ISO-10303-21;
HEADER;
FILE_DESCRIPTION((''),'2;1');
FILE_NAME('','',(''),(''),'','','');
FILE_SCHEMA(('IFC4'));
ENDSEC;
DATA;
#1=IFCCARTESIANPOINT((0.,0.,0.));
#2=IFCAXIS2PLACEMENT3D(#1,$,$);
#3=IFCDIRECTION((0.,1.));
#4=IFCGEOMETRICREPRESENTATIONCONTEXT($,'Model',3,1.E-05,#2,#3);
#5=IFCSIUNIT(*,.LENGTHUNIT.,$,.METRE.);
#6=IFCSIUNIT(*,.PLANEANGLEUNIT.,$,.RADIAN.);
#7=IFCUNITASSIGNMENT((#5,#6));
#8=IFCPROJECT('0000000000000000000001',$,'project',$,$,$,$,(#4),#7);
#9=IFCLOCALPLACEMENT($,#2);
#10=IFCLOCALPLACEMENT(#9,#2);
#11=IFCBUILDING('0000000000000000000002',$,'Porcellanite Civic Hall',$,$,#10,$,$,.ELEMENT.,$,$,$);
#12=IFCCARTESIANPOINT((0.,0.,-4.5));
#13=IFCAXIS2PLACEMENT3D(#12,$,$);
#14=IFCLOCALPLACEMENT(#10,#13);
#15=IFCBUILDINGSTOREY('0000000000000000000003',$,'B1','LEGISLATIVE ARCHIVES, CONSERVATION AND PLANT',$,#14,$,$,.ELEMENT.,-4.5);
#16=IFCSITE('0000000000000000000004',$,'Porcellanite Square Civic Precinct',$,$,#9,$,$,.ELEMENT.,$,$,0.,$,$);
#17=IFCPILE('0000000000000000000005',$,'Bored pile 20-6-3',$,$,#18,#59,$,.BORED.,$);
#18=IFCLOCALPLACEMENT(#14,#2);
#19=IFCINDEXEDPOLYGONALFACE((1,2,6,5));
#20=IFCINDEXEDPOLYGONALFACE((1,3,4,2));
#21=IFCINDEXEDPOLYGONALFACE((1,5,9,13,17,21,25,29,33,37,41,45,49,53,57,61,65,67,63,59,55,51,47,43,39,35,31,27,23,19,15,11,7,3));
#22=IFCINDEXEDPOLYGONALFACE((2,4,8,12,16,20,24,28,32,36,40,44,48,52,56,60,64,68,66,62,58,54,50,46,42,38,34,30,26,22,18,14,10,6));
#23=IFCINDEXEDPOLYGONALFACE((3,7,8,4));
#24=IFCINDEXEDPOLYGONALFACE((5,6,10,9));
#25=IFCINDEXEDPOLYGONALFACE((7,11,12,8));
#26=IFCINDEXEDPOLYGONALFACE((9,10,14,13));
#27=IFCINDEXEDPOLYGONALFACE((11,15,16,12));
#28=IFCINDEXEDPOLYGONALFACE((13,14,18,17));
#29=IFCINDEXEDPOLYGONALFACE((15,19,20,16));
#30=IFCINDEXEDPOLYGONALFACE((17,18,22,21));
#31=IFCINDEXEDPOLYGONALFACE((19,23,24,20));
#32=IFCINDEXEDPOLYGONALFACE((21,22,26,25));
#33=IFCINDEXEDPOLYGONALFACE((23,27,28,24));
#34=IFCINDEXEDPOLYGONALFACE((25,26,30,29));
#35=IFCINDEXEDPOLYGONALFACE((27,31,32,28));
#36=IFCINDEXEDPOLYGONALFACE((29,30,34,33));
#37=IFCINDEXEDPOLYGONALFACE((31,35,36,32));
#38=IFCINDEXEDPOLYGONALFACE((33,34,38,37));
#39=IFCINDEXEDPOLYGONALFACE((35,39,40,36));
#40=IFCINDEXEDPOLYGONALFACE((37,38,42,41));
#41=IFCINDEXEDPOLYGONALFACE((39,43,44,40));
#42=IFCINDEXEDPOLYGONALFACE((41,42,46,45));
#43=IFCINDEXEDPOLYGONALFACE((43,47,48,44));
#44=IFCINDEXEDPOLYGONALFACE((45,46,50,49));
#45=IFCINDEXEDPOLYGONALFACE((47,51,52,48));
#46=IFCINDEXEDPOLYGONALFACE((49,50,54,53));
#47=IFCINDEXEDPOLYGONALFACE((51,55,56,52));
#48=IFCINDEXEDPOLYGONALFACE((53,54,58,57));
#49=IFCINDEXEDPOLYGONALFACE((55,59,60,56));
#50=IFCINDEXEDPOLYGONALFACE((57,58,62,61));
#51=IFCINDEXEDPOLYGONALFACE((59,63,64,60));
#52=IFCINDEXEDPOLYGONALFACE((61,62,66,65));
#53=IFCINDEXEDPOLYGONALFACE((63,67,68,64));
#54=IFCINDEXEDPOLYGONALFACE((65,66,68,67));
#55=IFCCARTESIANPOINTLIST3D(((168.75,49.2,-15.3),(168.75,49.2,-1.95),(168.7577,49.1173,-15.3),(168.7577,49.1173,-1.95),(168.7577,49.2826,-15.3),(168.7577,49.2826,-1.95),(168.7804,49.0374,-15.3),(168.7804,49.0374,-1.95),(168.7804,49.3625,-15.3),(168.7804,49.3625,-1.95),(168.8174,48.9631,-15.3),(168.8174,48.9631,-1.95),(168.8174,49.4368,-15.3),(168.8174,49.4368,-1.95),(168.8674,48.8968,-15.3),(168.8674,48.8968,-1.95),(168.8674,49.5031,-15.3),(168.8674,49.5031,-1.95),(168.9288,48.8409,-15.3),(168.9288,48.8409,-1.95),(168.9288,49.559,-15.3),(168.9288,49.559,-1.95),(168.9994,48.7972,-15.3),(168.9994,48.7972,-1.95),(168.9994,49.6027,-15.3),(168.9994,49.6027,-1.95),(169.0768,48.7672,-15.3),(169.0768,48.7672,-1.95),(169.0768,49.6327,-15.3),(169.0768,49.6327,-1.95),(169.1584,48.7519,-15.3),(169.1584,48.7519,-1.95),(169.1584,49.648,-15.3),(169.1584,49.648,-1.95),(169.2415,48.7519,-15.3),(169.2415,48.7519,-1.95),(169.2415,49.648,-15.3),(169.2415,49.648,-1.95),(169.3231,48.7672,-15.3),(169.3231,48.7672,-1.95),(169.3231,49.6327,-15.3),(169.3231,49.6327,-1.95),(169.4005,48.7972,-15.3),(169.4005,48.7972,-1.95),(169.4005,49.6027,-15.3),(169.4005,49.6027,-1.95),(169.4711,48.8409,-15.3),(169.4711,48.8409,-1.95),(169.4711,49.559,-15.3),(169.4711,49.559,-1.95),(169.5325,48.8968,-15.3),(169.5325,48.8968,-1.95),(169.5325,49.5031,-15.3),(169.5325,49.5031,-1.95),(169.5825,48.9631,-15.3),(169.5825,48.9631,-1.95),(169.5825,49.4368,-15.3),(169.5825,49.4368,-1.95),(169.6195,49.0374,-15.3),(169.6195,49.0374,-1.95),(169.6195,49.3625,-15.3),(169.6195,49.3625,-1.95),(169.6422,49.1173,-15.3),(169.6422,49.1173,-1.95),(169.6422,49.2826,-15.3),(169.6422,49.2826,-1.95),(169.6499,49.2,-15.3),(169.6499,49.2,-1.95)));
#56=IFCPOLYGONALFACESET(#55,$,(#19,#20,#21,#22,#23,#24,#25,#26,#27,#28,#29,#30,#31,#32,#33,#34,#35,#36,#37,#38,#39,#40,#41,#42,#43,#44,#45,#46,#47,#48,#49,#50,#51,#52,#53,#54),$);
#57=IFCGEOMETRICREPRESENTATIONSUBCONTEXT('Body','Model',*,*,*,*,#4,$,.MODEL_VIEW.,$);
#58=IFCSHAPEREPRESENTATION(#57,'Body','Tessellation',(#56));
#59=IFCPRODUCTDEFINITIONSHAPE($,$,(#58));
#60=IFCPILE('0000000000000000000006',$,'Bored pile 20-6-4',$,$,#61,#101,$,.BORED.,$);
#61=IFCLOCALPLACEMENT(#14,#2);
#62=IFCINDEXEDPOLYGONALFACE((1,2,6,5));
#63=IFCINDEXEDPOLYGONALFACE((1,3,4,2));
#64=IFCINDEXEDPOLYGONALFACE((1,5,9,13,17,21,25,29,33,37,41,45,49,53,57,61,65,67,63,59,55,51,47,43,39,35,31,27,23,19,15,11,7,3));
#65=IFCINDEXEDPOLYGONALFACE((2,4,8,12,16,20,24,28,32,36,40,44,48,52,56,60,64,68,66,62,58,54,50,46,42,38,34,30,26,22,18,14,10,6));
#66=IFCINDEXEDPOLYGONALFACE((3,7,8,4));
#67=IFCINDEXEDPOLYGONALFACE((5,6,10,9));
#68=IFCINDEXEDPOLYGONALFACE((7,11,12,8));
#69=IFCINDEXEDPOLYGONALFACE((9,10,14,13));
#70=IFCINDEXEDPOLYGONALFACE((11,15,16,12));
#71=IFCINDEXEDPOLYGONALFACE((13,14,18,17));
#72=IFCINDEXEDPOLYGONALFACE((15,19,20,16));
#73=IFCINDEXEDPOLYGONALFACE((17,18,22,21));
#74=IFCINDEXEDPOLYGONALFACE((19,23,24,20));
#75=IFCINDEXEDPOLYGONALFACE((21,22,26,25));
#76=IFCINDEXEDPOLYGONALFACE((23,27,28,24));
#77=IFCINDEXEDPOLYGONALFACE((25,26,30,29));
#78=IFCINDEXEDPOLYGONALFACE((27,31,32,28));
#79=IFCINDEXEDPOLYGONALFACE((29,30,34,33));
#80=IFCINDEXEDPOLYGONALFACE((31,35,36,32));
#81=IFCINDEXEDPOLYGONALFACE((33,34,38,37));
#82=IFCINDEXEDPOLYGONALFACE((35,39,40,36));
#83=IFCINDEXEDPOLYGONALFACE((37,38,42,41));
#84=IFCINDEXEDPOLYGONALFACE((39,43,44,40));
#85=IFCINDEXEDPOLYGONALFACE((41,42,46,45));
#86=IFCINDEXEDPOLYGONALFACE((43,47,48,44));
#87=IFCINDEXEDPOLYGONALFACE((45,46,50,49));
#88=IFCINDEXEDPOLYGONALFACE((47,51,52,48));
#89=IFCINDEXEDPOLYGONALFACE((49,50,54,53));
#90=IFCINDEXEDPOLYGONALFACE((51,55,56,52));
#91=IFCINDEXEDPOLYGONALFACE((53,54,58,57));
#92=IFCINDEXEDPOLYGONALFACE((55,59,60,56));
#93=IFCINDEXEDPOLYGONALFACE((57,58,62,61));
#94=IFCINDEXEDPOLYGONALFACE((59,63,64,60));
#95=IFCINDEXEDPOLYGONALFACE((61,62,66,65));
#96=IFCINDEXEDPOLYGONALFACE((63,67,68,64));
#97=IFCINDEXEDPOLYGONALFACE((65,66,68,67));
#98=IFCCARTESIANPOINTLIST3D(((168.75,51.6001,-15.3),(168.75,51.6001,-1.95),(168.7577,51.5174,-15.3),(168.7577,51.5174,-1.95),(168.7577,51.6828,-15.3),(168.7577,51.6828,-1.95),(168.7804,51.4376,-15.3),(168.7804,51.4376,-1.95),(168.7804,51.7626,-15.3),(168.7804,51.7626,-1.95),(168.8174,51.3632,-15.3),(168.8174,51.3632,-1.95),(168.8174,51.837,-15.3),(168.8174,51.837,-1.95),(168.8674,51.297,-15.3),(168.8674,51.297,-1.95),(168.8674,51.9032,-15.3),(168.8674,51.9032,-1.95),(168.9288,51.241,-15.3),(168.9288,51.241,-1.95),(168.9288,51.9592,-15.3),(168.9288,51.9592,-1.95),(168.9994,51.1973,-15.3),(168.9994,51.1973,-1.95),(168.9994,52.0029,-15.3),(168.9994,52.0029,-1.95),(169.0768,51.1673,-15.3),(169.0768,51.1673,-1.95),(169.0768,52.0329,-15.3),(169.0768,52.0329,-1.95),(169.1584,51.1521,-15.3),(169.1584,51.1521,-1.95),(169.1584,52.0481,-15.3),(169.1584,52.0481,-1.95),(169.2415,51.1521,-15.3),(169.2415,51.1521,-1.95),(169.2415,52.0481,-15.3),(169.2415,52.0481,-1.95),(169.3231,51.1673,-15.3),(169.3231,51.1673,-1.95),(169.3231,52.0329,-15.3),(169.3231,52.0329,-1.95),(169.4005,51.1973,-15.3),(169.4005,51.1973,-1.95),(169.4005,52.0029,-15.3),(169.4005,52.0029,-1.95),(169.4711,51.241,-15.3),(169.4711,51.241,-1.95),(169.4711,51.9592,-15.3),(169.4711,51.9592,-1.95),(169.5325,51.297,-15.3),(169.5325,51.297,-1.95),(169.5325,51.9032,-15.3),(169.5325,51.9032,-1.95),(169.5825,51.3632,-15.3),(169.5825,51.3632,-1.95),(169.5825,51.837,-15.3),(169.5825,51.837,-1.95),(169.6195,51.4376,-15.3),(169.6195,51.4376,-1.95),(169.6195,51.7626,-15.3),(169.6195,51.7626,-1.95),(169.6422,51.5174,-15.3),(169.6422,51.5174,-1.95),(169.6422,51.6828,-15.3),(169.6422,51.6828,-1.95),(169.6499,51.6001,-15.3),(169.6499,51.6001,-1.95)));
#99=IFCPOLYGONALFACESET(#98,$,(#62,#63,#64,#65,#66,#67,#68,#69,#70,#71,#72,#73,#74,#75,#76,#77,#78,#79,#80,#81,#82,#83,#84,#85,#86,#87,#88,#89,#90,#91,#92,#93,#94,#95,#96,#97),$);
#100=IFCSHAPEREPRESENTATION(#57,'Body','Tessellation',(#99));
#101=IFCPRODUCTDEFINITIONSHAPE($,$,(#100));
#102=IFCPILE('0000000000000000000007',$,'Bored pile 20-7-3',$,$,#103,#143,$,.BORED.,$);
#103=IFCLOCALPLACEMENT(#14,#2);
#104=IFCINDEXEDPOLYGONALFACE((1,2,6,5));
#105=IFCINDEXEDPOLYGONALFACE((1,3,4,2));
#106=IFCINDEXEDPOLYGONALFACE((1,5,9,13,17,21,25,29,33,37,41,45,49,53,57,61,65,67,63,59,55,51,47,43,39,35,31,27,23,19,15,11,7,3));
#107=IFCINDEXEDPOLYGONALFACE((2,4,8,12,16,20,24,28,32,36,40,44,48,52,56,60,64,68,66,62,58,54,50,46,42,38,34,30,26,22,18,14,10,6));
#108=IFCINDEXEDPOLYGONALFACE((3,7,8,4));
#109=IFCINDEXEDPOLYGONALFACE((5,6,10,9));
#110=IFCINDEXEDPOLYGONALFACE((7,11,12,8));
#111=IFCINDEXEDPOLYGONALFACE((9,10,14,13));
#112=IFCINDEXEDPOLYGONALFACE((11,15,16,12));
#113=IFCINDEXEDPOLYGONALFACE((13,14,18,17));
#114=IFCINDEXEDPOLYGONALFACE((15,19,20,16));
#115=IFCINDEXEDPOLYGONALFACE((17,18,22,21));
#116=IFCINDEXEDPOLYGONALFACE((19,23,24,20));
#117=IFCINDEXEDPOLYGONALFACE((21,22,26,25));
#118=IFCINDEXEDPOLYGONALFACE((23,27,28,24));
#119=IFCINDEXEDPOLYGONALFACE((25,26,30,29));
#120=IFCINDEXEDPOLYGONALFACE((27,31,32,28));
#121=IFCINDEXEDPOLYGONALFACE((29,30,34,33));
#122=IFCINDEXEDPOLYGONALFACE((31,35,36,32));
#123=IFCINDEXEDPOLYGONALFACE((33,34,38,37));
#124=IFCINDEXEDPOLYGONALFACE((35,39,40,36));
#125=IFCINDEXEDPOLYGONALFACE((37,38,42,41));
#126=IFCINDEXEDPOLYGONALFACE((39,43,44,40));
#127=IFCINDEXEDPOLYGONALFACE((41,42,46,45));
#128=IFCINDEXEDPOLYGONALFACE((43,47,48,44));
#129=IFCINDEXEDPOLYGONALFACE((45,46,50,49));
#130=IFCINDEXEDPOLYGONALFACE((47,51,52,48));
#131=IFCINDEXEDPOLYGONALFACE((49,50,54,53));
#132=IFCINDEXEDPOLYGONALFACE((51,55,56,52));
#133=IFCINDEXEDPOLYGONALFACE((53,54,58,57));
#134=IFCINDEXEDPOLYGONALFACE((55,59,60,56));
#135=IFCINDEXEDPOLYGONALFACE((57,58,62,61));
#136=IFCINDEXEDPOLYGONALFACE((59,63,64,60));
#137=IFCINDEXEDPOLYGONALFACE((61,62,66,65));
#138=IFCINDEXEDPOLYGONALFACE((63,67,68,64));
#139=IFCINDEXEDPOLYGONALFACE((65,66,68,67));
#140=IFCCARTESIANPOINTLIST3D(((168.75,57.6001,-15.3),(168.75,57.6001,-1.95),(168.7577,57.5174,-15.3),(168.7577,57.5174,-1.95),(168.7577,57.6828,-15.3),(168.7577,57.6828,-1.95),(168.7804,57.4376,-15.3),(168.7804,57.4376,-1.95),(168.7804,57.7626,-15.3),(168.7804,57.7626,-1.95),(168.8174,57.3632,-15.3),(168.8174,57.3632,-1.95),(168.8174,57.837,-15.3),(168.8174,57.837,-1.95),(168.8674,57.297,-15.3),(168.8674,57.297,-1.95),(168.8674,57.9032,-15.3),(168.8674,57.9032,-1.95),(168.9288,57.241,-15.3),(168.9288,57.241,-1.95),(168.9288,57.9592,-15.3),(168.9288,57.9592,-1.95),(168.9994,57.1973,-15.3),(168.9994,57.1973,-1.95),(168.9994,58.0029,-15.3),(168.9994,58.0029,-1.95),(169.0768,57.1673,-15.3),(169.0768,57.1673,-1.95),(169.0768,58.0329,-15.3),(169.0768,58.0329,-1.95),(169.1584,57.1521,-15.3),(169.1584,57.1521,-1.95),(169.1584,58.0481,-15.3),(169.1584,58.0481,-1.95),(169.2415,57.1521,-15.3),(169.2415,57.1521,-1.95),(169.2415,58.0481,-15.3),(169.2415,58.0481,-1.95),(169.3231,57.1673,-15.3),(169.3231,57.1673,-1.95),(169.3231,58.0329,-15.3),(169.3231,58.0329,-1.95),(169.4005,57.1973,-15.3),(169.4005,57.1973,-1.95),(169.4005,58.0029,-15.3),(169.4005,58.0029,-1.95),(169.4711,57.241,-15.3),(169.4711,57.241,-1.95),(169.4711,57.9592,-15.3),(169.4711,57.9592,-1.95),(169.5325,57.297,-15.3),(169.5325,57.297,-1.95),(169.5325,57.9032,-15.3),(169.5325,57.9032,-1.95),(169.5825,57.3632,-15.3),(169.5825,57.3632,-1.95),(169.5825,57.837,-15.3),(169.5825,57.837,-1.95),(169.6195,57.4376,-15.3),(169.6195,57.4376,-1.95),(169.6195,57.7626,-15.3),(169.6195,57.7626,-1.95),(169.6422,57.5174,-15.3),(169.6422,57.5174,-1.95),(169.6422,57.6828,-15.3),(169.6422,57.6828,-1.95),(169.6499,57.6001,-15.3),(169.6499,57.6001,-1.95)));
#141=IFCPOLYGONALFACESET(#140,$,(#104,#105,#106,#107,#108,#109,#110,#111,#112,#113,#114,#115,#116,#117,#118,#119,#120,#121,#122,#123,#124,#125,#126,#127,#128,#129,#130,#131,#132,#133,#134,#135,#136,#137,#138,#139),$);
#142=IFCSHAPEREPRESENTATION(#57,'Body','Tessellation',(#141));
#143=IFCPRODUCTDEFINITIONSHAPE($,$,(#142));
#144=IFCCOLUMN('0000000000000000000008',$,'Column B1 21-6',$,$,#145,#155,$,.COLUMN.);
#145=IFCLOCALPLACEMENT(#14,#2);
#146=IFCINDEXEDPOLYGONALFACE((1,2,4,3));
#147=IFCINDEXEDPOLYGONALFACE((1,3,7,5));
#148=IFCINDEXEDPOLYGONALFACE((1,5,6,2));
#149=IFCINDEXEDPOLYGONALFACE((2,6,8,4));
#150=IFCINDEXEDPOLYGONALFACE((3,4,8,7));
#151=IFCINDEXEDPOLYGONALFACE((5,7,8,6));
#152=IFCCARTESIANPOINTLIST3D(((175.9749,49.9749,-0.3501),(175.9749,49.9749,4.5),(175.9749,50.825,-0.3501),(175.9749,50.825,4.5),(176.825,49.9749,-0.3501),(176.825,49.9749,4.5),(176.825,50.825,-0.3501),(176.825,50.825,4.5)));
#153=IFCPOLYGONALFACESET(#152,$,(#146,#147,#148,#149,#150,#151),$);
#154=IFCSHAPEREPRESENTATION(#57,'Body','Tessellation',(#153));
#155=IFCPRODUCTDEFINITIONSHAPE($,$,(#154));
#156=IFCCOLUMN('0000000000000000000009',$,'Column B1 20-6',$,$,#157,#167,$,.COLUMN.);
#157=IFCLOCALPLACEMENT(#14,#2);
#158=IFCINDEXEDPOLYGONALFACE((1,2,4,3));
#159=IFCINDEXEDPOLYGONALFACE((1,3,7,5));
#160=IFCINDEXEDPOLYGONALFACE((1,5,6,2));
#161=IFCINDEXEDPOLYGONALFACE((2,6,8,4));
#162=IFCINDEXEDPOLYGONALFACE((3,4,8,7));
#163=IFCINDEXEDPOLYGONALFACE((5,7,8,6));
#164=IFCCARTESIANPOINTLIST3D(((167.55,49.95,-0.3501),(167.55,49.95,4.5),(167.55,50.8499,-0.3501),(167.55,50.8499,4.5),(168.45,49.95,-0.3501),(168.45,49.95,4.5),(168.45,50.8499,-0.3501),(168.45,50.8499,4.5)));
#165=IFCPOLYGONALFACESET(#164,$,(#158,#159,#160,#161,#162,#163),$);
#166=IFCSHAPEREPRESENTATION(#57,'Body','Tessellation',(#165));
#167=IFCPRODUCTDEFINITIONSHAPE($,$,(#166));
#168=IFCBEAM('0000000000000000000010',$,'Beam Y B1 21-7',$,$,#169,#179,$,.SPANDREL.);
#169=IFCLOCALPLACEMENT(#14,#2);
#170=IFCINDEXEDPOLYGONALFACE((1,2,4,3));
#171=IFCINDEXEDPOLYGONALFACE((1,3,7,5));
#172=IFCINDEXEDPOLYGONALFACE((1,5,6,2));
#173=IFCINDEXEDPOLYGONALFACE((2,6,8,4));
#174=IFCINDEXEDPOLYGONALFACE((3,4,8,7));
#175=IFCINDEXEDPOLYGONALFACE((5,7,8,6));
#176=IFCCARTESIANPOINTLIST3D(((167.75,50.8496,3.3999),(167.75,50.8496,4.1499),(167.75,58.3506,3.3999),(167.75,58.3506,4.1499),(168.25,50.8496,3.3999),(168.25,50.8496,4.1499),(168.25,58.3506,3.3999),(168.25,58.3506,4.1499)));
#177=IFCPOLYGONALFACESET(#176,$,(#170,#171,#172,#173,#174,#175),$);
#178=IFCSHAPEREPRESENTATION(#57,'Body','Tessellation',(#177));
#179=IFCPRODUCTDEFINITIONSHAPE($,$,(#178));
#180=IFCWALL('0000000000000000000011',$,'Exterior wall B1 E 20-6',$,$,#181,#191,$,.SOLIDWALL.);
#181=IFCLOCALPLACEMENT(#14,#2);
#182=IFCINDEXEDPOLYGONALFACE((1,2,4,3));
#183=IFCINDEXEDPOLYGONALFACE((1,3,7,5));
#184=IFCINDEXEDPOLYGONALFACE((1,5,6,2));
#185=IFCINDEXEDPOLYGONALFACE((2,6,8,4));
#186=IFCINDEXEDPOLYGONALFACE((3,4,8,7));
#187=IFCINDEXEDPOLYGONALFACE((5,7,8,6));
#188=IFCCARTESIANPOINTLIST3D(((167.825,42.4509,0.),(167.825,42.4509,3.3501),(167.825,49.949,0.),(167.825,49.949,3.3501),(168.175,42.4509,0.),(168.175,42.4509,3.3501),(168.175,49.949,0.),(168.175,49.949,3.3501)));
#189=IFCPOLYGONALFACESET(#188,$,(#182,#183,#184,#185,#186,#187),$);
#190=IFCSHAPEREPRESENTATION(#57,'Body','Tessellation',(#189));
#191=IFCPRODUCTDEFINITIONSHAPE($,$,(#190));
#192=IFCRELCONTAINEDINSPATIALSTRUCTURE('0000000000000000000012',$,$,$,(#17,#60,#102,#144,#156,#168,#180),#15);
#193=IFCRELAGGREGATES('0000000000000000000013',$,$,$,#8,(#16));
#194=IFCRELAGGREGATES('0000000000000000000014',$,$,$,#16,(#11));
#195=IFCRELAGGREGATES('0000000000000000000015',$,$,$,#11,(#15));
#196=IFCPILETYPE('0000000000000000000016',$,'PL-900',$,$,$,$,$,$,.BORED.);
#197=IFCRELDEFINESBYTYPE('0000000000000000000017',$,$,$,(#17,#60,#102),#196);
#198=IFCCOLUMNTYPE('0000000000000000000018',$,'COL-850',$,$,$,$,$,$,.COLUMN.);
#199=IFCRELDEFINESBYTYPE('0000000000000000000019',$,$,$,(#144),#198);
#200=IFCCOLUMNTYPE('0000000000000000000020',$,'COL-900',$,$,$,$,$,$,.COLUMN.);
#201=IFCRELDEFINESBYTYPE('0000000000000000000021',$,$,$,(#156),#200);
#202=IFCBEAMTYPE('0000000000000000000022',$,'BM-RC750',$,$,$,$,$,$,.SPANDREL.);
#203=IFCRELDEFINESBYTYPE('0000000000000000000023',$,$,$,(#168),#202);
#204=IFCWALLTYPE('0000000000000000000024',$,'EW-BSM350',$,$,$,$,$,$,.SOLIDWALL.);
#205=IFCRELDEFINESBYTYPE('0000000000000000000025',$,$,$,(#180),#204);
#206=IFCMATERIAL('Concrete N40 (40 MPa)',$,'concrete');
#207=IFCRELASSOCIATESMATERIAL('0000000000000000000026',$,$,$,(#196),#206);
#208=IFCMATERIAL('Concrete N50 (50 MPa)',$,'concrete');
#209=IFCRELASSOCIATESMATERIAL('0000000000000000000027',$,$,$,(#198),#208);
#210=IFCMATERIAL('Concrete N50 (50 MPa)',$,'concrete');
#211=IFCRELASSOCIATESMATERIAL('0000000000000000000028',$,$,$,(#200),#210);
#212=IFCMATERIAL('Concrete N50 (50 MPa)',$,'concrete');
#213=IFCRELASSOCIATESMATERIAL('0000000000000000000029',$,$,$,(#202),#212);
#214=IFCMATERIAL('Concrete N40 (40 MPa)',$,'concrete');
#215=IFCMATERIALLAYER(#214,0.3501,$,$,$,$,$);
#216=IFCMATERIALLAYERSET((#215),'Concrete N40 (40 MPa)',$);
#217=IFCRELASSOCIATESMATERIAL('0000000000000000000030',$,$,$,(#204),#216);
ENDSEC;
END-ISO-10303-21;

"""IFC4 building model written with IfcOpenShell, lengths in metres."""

from ifc_helpers import new_model, si_unit, direction, frame, frame_2d, origin, origin_2d, place, context, subcontext, project, spatial, rectangle, circle, extrude, material, layer, layer_set, material_profile, profile_set, type_object, element, save


model = new_model("IFC4")

# Units and contexts
model_context = context("Model", 3, precision=1e-05, world=origin(), true_north=direction((0.0, 1.0)))
body_context = subcontext(model_context, "Body", "Model", "MODEL_VIEW")
ifc_project = project(units=[si_unit("LENGTHUNIT", "METRE"), si_unit("PLANEANGLEUNIT", "RADIAN")], contexts=[model_context])

# Site, building, storey
site_placement = place(None, origin())
site = spatial("IfcSite", under=ifc_project, at=site_placement, Name="Porcellanite Square Civic Precinct", CompositionType="ELEMENT", RefElevation=0.0)
building_placement = place(site_placement, origin())
building = spatial("IfcBuilding", under=site, at=building_placement, Name="Porcellanite Civic Hall", CompositionType="ELEMENT")
storey_placement = place(building_placement, frame((0.0, 0.0, -4.5)))
storey = spatial("IfcBuildingStorey", under=building, at=storey_placement, Name="B1", Description="LEGISLATIVE ARCHIVES, CONSERVATION AND PLANT", CompositionType="ELEMENT", Elevation=-4.5)

# Piles
ifc_material_1 = material(Name="Concrete N40 (40 MPa)", Category="concrete")
ifc_material_profile_1 = material_profile(ifc_material_1, circle(Radius=0.45, at=origin_2d()), Name="PILE-D900")
ifc_profile_set_1 = profile_set([ifc_material_profile_1], Name="Concrete N40 (40 MPa)")
pile_type_1 = type_object("IfcPileType", Name="PL-900", PredefinedType="BORED", material=ifc_profile_set_1)
for number, where, z_axis, x_axis, name in (
    (1, (169.2, 49.2, -1.95), (0.0, 0.0, -1.0), (1.0, 0.0, 0.0), "Bored pile 20-6-3"),
    (2, (169.2, 51.6001, -1.95), (0.0, 0.0, -1.0), (1.0, 0.0, 0.0), "Bored pile 20-6-4"),
    (3, (169.2, 57.6001, -1.95), (0.0, 0.0, -1.0), (1.0, 0.0, 0.0), "Bored pile 20-7-3"),
):
    element("IfcPile", number, at=place(storey_placement, frame(where, z_axis=z_axis, x_axis=x_axis)), inside=storey, type_object=pile_type_1, Name=name, PredefinedType="BORED", context=body_context, shape_type="SweptSolid", body=[
        extrude(circle(Radius=0.45, at=origin_2d()), origin(), (0.0, 0.0, 1.0), 13.3501),
    ])

# Columns
ifc_material_2 = material(Name="Concrete N50 (50 MPa)", Category="concrete")
ifc_material_profile_2 = material_profile(ifc_material_2, rectangle(XDim=0.8501, YDim=0.8501, at=origin_2d()), Name="RC-850x850")
ifc_profile_set_2 = profile_set([ifc_material_profile_2], Name="Concrete N50 (50 MPa)")
column_type_1 = type_object("IfcColumnType", Name="COL-850", PredefinedType="COLUMN", material=ifc_profile_set_2)
column_1_placement = place(storey_placement, frame((176.3999, 50.3999, -0.3501), z_axis=(0.0, 0.0, 1.0), x_axis=(1.0, 0.0, 0.0)))
element("IfcColumn", 4, at=column_1_placement, inside=storey, type_object=column_type_1, Name="Column B1 21-6", PredefinedType="COLUMN", context=body_context, shape_type="SweptSolid", body=[
    extrude(rectangle(XDim=0.8501, YDim=0.8501, at=origin_2d()), origin(), (0.0, 0.0, 1.0), 4.8501),
])
ifc_material_3 = material(Name="Concrete N50 (50 MPa)", Category="concrete")
ifc_material_profile_3 = material_profile(ifc_material_3, rectangle(XDim=0.8999, YDim=0.8999, at=origin_2d()), Name="RC-900x900")
ifc_profile_set_3 = profile_set([ifc_material_profile_3], Name="Concrete N50 (50 MPa)")
column_type_2 = type_object("IfcColumnType", Name="COL-900", PredefinedType="COLUMN", material=ifc_profile_set_3)
column_2_placement = place(storey_placement, frame((168.0, 50.3999, -0.3501), z_axis=(0.0, 0.0, 1.0), x_axis=(1.0, 0.0, 0.0)))
element("IfcColumn", 5, at=column_2_placement, inside=storey, type_object=column_type_2, Name="Column B1 20-6", PredefinedType="COLUMN", context=body_context, shape_type="SweptSolid", body=[
    extrude(rectangle(XDim=0.8999, YDim=0.8999, at=origin_2d()), origin(), (0.0, 0.0, 1.0), 4.8501),
])

# Beam
ifc_material_4 = material(Name="Concrete N50 (50 MPa)", Category="concrete")
ifc_material_profile_4 = material_profile(ifc_material_4, rectangle(XDim=0.5, YDim=0.75, at=origin_2d()), Name="RC-500x750")
ifc_profile_set_4 = profile_set([ifc_material_profile_4], Name="Concrete N50 (50 MPa)")
beam_type = type_object("IfcBeamType", Name="BM-RC750", PredefinedType="SPANDREL", material=ifc_profile_set_4)
beam_placement = place(storey_placement, frame((168.0, 50.8496, 3.7749), z_axis=(0.0, 1.0, 0.0), x_axis=(-1.0, 0.0, 0.0)))
element("IfcBeam", 6, at=beam_placement, inside=storey, type_object=beam_type, Name="Beam Y B1 21-7", PredefinedType="SPANDREL", context=body_context, shape_type="SweptSolid", body=[
    extrude(rectangle(XDim=0.5, YDim=0.75, at=origin_2d()), origin(), (0.0, 0.0, 1.0), 7.501),
])

# Wall
ifc_material_5 = material(Name="Concrete N40 (40 MPa)", Category="concrete")
ifc_layer = layer(ifc_material_5, 0.3501)
ifc_layer_set = layer_set([ifc_layer], Name="Concrete N40 (40 MPa)")
wall_type = type_object("IfcWallType", Name="EW-BSM350", PredefinedType="SOLIDWALL", material=ifc_layer_set)
for number, where, z_axis, x_axis, name in (
    (7, (168.0, 49.949, 0.0), (0.0, 0.0, 1.0), (0.0, -1.0, 0.0), "Exterior wall B1 E 20-6"),
):
    element("IfcWall", number, at=place(storey_placement, frame(where, z_axis=z_axis, x_axis=x_axis)), inside=storey, type_object=wall_type, Name=name, PredefinedType="SOLIDWALL", context=body_context, shape_type="SweptSolid", body=[
        extrude(rectangle(XDim=7.498, YDim=0.3501, at=frame_2d((3.749, 0.0))), origin(), (0.0, 0.0, 1.0), 3.3501),
    ])

save(model, "model.ifc")
